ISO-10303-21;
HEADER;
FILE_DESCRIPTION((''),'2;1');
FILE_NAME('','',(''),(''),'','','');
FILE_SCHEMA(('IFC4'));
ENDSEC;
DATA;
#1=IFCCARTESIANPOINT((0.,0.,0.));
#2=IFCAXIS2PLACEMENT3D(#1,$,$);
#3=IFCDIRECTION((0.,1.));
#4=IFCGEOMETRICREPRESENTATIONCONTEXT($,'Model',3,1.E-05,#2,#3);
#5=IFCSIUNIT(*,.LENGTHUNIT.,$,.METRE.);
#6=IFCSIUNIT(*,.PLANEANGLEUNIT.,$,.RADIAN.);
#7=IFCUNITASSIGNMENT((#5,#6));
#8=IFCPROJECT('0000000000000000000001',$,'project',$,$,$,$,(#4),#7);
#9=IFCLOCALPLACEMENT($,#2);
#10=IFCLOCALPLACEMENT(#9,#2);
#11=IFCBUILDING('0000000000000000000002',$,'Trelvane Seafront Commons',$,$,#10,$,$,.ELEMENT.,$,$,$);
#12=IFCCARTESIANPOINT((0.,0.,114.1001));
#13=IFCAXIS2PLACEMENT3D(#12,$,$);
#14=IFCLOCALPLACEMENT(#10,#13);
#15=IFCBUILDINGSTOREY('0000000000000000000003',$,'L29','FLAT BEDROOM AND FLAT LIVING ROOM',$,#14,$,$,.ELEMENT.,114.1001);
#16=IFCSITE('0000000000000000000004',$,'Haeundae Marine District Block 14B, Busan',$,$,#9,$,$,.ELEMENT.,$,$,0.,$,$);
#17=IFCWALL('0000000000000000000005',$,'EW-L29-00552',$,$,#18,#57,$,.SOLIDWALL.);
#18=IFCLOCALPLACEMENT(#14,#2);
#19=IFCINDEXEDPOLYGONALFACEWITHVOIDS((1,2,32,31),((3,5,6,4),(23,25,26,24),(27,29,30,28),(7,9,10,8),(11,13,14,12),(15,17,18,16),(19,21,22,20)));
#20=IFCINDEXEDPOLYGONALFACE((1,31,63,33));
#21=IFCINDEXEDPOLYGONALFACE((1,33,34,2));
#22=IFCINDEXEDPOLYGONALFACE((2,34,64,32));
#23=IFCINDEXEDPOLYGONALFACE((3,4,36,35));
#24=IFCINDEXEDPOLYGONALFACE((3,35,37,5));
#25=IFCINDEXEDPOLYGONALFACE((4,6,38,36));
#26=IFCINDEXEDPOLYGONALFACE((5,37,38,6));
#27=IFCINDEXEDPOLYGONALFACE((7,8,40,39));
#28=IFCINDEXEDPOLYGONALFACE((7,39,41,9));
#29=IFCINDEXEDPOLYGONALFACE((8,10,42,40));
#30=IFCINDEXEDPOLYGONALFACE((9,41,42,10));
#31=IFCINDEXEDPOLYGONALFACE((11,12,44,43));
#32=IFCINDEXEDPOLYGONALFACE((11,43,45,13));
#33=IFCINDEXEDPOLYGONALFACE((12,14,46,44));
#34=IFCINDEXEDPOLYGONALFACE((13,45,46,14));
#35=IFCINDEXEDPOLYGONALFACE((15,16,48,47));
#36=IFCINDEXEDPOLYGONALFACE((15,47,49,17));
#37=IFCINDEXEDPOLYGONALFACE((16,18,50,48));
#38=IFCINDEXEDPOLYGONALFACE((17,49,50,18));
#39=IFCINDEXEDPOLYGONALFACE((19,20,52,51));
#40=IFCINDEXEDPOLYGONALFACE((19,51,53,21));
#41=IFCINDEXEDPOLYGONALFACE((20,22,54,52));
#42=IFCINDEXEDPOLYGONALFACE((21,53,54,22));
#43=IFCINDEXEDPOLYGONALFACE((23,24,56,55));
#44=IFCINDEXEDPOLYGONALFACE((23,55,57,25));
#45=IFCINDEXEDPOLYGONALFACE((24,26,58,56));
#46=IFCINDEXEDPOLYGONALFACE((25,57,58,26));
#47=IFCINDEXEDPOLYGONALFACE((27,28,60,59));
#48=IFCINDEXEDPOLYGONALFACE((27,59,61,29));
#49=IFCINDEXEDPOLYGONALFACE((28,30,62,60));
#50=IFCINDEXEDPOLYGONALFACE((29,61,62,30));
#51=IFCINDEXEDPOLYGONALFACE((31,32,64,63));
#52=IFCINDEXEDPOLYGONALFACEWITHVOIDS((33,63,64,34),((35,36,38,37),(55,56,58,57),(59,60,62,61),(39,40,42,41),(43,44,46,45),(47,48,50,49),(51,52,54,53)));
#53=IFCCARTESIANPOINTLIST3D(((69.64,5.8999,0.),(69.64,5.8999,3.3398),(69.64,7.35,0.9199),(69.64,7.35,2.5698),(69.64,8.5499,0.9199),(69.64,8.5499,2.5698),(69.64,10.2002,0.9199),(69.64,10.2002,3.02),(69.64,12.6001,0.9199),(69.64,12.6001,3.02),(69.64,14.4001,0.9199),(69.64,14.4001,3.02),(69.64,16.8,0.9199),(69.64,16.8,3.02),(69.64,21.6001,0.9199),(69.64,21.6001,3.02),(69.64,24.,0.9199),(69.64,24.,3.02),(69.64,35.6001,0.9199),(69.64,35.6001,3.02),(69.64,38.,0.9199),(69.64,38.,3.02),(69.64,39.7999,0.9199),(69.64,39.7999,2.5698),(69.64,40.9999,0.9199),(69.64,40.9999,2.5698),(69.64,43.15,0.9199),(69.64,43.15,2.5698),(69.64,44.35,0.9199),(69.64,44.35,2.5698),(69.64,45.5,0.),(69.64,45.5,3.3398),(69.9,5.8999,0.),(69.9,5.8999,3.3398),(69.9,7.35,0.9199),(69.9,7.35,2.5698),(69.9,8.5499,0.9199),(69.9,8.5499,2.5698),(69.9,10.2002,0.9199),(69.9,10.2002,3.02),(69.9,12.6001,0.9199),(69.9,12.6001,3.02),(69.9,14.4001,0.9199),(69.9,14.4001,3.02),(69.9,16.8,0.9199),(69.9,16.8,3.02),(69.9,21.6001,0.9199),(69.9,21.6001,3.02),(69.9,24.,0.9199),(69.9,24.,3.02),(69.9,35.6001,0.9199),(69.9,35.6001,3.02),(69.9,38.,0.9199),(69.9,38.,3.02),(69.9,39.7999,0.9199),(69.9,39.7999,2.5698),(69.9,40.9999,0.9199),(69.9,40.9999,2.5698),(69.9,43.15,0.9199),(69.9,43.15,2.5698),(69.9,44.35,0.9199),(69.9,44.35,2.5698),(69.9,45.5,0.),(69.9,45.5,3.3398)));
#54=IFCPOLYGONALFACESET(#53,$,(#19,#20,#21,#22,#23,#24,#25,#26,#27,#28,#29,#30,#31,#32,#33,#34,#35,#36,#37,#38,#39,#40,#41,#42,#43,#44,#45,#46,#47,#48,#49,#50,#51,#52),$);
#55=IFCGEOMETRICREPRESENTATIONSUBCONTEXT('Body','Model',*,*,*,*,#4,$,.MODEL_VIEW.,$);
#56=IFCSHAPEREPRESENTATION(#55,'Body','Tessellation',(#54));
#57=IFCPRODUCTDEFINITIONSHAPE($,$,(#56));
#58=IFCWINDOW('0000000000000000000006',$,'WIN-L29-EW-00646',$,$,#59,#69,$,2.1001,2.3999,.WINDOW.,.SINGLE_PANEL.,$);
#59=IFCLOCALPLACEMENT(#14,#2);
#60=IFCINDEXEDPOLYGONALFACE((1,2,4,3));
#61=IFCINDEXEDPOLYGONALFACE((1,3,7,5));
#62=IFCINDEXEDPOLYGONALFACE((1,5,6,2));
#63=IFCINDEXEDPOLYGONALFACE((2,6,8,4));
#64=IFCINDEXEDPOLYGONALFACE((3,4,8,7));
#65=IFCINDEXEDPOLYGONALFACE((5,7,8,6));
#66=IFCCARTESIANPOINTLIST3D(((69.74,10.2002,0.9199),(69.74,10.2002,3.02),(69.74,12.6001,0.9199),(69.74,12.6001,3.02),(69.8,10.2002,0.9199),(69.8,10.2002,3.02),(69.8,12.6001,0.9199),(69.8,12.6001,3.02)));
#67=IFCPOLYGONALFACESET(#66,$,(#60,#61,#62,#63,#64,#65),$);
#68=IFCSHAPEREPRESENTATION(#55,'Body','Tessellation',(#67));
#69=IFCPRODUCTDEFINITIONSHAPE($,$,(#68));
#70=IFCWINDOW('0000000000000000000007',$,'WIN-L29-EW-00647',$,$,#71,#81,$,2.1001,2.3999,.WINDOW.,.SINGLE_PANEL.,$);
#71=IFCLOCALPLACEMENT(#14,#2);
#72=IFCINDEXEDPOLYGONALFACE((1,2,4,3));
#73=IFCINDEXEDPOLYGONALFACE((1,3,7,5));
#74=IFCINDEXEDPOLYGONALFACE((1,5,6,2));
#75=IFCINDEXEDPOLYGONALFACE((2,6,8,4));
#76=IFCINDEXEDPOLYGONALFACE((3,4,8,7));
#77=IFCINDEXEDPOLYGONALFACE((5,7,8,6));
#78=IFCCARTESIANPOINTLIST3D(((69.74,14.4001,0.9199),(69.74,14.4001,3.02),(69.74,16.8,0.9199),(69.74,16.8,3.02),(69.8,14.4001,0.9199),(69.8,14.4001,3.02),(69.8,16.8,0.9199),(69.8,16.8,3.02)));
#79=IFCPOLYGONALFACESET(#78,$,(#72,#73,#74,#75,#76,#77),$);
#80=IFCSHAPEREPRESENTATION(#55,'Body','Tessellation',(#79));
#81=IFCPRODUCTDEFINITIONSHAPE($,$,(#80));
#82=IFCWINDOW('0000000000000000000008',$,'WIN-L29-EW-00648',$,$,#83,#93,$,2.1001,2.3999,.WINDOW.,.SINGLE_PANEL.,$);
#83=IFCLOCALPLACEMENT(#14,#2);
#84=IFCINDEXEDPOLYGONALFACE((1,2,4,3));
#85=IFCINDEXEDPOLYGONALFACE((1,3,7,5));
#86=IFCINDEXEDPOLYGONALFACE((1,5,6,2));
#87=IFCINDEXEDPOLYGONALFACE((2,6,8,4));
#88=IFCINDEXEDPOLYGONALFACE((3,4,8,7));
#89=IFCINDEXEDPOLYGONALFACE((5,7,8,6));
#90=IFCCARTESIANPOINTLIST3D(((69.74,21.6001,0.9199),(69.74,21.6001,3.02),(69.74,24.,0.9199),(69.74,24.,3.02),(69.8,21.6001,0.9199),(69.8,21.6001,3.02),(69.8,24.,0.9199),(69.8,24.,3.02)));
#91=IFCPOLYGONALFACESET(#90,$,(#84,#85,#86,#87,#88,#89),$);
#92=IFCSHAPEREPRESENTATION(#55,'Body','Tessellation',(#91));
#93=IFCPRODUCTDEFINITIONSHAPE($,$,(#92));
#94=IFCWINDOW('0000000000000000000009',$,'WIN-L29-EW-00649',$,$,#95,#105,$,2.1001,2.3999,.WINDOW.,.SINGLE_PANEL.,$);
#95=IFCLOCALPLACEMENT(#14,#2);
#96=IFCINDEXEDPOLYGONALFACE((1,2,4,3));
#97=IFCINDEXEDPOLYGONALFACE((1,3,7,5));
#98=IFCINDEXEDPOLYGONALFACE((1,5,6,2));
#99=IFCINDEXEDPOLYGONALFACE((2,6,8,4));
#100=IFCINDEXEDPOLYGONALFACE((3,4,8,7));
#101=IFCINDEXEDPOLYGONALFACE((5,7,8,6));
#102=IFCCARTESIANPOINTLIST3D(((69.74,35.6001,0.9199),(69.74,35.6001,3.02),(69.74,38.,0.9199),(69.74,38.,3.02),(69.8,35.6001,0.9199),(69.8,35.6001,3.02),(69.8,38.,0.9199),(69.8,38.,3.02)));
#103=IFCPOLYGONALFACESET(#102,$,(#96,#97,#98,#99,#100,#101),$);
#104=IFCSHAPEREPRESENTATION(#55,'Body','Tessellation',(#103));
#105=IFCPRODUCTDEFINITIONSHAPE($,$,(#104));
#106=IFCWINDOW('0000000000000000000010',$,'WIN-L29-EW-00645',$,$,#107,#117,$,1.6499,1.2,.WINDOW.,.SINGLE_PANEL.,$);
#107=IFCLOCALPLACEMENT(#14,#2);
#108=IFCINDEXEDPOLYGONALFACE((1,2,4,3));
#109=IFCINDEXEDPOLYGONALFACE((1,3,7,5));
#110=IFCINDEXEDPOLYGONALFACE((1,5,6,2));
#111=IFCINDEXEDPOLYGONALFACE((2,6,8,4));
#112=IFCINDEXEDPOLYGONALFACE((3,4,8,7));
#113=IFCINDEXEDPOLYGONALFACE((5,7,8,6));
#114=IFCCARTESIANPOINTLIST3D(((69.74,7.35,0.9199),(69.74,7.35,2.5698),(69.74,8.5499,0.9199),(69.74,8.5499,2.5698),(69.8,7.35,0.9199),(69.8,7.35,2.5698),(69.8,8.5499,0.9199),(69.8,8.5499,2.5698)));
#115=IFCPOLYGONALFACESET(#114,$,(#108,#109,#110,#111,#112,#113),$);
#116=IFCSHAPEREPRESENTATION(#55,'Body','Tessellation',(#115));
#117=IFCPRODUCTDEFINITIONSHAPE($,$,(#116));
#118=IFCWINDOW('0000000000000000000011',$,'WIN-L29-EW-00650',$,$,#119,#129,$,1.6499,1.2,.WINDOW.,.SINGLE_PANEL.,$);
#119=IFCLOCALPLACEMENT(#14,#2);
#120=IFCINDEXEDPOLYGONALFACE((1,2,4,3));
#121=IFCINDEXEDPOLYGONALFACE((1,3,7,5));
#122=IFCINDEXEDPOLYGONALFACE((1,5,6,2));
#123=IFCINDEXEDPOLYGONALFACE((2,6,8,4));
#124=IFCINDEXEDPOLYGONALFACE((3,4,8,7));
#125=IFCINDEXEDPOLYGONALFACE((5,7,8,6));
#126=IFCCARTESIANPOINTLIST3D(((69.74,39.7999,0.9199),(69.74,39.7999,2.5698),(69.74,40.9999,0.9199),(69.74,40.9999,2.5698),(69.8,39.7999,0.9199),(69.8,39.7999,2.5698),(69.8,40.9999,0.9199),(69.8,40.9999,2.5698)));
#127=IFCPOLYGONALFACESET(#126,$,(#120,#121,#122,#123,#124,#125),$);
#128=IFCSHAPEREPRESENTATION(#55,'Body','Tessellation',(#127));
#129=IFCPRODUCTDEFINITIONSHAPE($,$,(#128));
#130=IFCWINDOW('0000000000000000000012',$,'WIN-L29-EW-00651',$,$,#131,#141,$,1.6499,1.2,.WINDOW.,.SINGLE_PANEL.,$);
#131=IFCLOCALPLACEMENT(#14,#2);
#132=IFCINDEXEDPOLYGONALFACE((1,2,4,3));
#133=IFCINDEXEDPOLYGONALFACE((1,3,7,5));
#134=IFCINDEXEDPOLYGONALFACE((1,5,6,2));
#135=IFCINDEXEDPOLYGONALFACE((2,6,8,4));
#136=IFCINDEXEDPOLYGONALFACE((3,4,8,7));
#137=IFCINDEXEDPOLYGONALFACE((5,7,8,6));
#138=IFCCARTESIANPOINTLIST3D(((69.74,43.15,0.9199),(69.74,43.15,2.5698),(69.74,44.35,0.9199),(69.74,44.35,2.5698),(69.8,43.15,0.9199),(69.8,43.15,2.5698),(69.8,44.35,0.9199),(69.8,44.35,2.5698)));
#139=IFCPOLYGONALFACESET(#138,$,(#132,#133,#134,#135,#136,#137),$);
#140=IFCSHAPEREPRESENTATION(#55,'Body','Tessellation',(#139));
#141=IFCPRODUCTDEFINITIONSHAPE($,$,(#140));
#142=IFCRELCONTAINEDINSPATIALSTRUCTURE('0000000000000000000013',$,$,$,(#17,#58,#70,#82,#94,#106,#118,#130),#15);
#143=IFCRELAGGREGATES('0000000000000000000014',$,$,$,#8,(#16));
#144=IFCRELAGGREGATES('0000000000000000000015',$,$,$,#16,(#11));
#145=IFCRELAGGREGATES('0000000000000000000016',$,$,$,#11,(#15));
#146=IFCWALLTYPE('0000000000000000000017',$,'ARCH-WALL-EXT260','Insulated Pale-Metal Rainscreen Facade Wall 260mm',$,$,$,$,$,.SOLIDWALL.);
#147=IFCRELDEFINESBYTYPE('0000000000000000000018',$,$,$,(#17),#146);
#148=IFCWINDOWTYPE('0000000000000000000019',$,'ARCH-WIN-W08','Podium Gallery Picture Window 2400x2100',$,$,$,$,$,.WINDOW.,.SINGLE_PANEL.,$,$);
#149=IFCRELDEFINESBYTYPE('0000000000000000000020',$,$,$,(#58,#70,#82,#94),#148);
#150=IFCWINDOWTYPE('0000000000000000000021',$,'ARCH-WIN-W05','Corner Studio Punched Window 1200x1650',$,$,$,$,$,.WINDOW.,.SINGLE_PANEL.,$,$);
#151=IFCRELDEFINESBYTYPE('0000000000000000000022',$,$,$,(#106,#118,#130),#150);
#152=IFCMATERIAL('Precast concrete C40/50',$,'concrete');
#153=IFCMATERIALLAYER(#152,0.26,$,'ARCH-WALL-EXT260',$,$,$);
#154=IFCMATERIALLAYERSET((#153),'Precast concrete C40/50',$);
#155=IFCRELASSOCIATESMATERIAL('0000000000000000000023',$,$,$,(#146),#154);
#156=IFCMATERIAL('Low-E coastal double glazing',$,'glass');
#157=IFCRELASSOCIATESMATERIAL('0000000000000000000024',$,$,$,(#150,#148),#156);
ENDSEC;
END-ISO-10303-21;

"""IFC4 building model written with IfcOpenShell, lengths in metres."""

from ifc_helpers import new_model, si_unit, direction, frame, frame_2d, origin, place, context, subcontext, project, spatial, rectangle, extrude, source, transform, mapped, material, layer, layer_set, type_object, element, fill, save


model = new_model("IFC4")

# Units and contexts
model_context = context("Model", 3, precision=1e-05, world=origin(), true_north=direction((0.0, 1.0)))
body_context = subcontext(model_context, "Body", "Model", "MODEL_VIEW")
ifc_project = project(units=[si_unit("LENGTHUNIT", "METRE"), si_unit("PLANEANGLEUNIT", "RADIAN")], contexts=[model_context])

# Site, building, storey
site_placement = place(None, origin())
site = spatial("IfcSite", under=ifc_project, at=site_placement, Name="Haeundae Marine District Block 14B, Busan", CompositionType="ELEMENT", RefElevation=0.0)
building_placement = place(site_placement, origin())
building = spatial("IfcBuilding", under=site, at=building_placement, Name="Trelvane Seafront Commons", CompositionType="ELEMENT")
storey_placement = place(building_placement, frame((0.0, 0.0, 114.1001)))
storey = spatial("IfcBuildingStorey", under=building, at=storey_placement, Name="L29", Description="FLAT BEDROOM AND FLAT LIVING ROOM", CompositionType="ELEMENT", Elevation=114.1001)

# Shared definitions
ifc_material_1 = material(Name="Low-E coastal double glazing", Category="glass")

# Shared definitions
ifc_material_2 = material(Name="Precast concrete C40/50", Category="concrete")
ifc_layer_1 = layer(ifc_material_2, 0.26, Name="ARCH-WALL-EXT260")
ifc_layer_set_1 = layer_set([ifc_layer_1], Name="Precast concrete C40/50")
wall_type = type_object("IfcWallType", Name="ARCH-WALL-EXT260", Description="Insulated Pale-Metal Rainscreen Facade Wall 260mm", PredefinedType="SOLIDWALL", material=ifc_layer_set_1)
window_type_1 = type_object("IfcWindowType", Name="ARCH-WIN-W05", Description="Corner Studio Punched Window 1200x1650", PartitioningType="SINGLE_PANEL", PredefinedType="WINDOW", material=ifc_material_1)
shared_shape_1 = source(origin(), body_context, "Body", "SweptSolid", [
    extrude(rectangle(XDim=1.2, YDim=1.6499, at=frame_2d((0.6001, 0.825))), frame((0.0, 0.03, 0.0), z_axis=(0.0, -1.0, 0.0), x_axis=(1.0, 0.0, 0.0)), (0.0, 0.0, 1.0), 0.0601),
])

# Wall, openings, windows
wall_1_placement = place(storey_placement, frame((69.77, 45.5, 0.0), z_axis=(0.0, 0.0, 1.0), x_axis=(0.0, -1.0, 0.0)))
wall_1 = element("IfcWall", 1, at=wall_1_placement, inside=storey, type_object=wall_type, Name="EW-L29-00552", PredefinedType="SOLIDWALL", context=body_context, shape_type="SweptSolid", body=[
    extrude(rectangle(XDim=39.6001, YDim=0.26, at=frame_2d((19.8, 0.0))), origin(), (0.0, 0.0, 1.0), 3.3398),
])
opening_1_placement = place(wall_1_placement, frame((36.95, 0.0, 0.9199)))
opening_1 = element("IfcOpeningElement", 2, at=opening_1_placement, cuts=wall_1, PredefinedType="OPENING", context=body_context, shape_type="SweptSolid", body=[
    extrude(rectangle(XDim=1.2, YDim=1.6499, at=frame_2d((0.6001, 0.825))), frame((0.0, 0.1399, 0.0), z_axis=(0.0, -1.0, 0.0), x_axis=(1.0, 0.0, 0.0)), (0.0, 0.0, 1.0), 0.28),
])
opening_2_placement = place(wall_1_placement, frame((32.8999, 0.0, 0.9199)))
opening_2 = element("IfcOpeningElement", 3, at=opening_2_placement, cuts=wall_1, PredefinedType="OPENING", context=body_context, shape_type="SweptSolid", body=[
    extrude(rectangle(XDim=2.3999, YDim=2.1001, at=frame_2d((1.2, 1.05))), frame((0.0, 0.1399, 0.0), z_axis=(0.0, -1.0, 0.0), x_axis=(1.0, 0.0, 0.0)), (0.0, 0.0, 1.0), 0.28),
])
opening_3_placement = place(wall_1_placement, frame((28.7, 0.0, 0.9199)))
opening_3 = element("IfcOpeningElement", 4, at=opening_3_placement, cuts=wall_1, PredefinedType="OPENING", context=body_context, shape_type="SweptSolid", body=[
    extrude(rectangle(XDim=2.3999, YDim=2.1001, at=frame_2d((1.2, 1.05))), frame((0.0, 0.1399, 0.0), z_axis=(0.0, -1.0, 0.0), x_axis=(1.0, 0.0, 0.0)), (0.0, 0.0, 1.0), 0.28),
])
opening_4_placement = place(wall_1_placement, frame((21.5, 0.0, 0.9199)))
opening_4 = element("IfcOpeningElement", 5, at=opening_4_placement, cuts=wall_1, PredefinedType="OPENING", context=body_context, shape_type="SweptSolid", body=[
    extrude(rectangle(XDim=2.3999, YDim=2.1001, at=frame_2d((1.2, 1.05))), frame((0.0, 0.1399, 0.0), z_axis=(0.0, -1.0, 0.0), x_axis=(1.0, 0.0, 0.0)), (0.0, 0.0, 1.0), 0.28),
])
opening_5_placement = place(wall_1_placement, frame((7.5, 0.0, 0.9199)))
opening_5 = element("IfcOpeningElement", 6, at=opening_5_placement, cuts=wall_1, PredefinedType="OPENING", context=body_context, shape_type="SweptSolid", body=[
    extrude(rectangle(XDim=2.3999, YDim=2.1001, at=frame_2d((1.2, 1.05))), frame((0.0, 0.1399, 0.0), z_axis=(0.0, -1.0, 0.0), x_axis=(1.0, 0.0, 0.0)), (0.0, 0.0, 1.0), 0.28),
])
opening_6_placement = place(wall_1_placement, frame((4.5, 0.0, 0.9199)))
opening_6 = element("IfcOpeningElement", 7, at=opening_6_placement, cuts=wall_1, PredefinedType="OPENING", context=body_context, shape_type="SweptSolid", body=[
    extrude(rectangle(XDim=1.2, YDim=1.6499, at=frame_2d((0.6001, 0.825))), frame((0.0, 0.1399, 0.0), z_axis=(0.0, -1.0, 0.0), x_axis=(1.0, 0.0, 0.0)), (0.0, 0.0, 1.0), 0.28),
])
opening_7_placement = place(wall_1_placement, frame((1.1499, 0.0, 0.9199)))
opening_7 = element("IfcOpeningElement", 8, at=opening_7_placement, cuts=wall_1, PredefinedType="OPENING", context=body_context, shape_type="SweptSolid", body=[
    extrude(rectangle(XDim=1.2, YDim=1.6499, at=frame_2d((0.6001, 0.825))), frame((0.0, 0.1399, 0.0), z_axis=(0.0, -1.0, 0.0), x_axis=(1.0, 0.0, 0.0)), (0.0, 0.0, 1.0), 0.28),
])
window_type_2 = type_object("IfcWindowType", Name="ARCH-WIN-W08", Description="Podium Gallery Picture Window 2400x2100", PartitioningType="SINGLE_PANEL", PredefinedType="WINDOW", material=ifc_material_1)
shared_shape_2 = source(origin(), body_context, "Body", "SweptSolid", [
    extrude(rectangle(XDim=2.3999, YDim=2.1001, at=frame_2d((1.2, 1.05))), frame((0.0, 0.03, 0.0), z_axis=(0.0, -1.0, 0.0), x_axis=(1.0, 0.0, 0.0)), (0.0, 0.0, 1.0), 0.0601),
])
window_1_placement = place(opening_2_placement, origin())
window_1 = element("IfcWindow", 9, at=window_1_placement, inside=storey, type_object=window_type_2, Name="WIN-L29-EW-00646", OverallHeight=2.1001, OverallWidth=2.3999, PartitioningType="SINGLE_PANEL", PredefinedType="WINDOW", context=body_context, shape_type="MappedRepresentation", body=[
    mapped(shared_shape_2, transform((0.0, 0.0, 0.0), x_axis=(1.0, 0.0, 0.0), y_axis=(0.0, 1.0, 0.0), z_axis=(0.0, 0.0, 1.0), scale=1.0)),
])
fill(opening_2, window_1)
window_2_placement = place(opening_3_placement, origin())
window_2 = element("IfcWindow", 10, at=window_2_placement, inside=storey, type_object=window_type_2, Name="WIN-L29-EW-00647", OverallHeight=2.1001, OverallWidth=2.3999, PartitioningType="SINGLE_PANEL", PredefinedType="WINDOW", context=body_context, shape_type="MappedRepresentation", body=[
    mapped(shared_shape_2, transform((0.0, 0.0, 0.0), x_axis=(1.0, 0.0, 0.0), y_axis=(0.0, 1.0, 0.0), z_axis=(0.0, 0.0, 1.0), scale=1.0)),
])
fill(opening_3, window_2)
window_3_placement = place(opening_4_placement, origin())
window_3 = element("IfcWindow", 11, at=window_3_placement, inside=storey, type_object=window_type_2, Name="WIN-L29-EW-00648", OverallHeight=2.1001, OverallWidth=2.3999, PartitioningType="SINGLE_PANEL", PredefinedType="WINDOW", context=body_context, shape_type="MappedRepresentation", body=[
    mapped(shared_shape_2, transform((0.0, 0.0, 0.0), x_axis=(1.0, 0.0, 0.0), y_axis=(0.0, 1.0, 0.0), z_axis=(0.0, 0.0, 1.0), scale=1.0)),
])
fill(opening_4, window_3)
window_4_placement = place(opening_5_placement, origin())
window_4 = element("IfcWindow", 12, at=window_4_placement, inside=storey, type_object=window_type_2, Name="WIN-L29-EW-00649", OverallHeight=2.1001, OverallWidth=2.3999, PartitioningType="SINGLE_PANEL", PredefinedType="WINDOW", context=body_context, shape_type="MappedRepresentation", body=[
    mapped(shared_shape_2, transform((0.0, 0.0, 0.0), x_axis=(1.0, 0.0, 0.0), y_axis=(0.0, 1.0, 0.0), z_axis=(0.0, 0.0, 1.0), scale=1.0)),
])
fill(opening_5, window_4)
window_5_placement = place(opening_1_placement, origin())
window_5 = element("IfcWindow", 13, at=window_5_placement, inside=storey, type_object=window_type_1, Name="WIN-L29-EW-00645", OverallHeight=1.6499, OverallWidth=1.2, PartitioningType="SINGLE_PANEL", PredefinedType="WINDOW", context=body_context, shape_type="MappedRepresentation", body=[
    mapped(shared_shape_1, transform((0.0, 0.0, 0.0), x_axis=(1.0, 0.0, 0.0), y_axis=(0.0, 1.0, 0.0), z_axis=(0.0, 0.0, 1.0), scale=1.0)),
])
fill(opening_1, window_5)
window_6_placement = place(opening_6_placement, origin())
window_6 = element("IfcWindow", 14, at=window_6_placement, inside=storey, type_object=window_type_1, Name="WIN-L29-EW-00650", OverallHeight=1.6499, OverallWidth=1.2, PartitioningType="SINGLE_PANEL", PredefinedType="WINDOW", context=body_context, shape_type="MappedRepresentation", body=[
    mapped(shared_shape_1, transform((0.0, 0.0, 0.0), x_axis=(1.0, 0.0, 0.0), y_axis=(0.0, 1.0, 0.0), z_axis=(0.0, 0.0, 1.0), scale=1.0)),
])
fill(opening_6, window_6)
window_7_placement = place(opening_7_placement, origin())
window_7 = element("IfcWindow", 15, at=window_7_placement, inside=storey, type_object=window_type_1, Name="WIN-L29-EW-00651", OverallHeight=1.6499, OverallWidth=1.2, PartitioningType="SINGLE_PANEL", PredefinedType="WINDOW", context=body_context, shape_type="MappedRepresentation", body=[
    mapped(shared_shape_1, transform((0.0, 0.0, 0.0), x_axis=(1.0, 0.0, 0.0), y_axis=(0.0, 1.0, 0.0), z_axis=(0.0, 0.0, 1.0), scale=1.0)),
])
fill(opening_7, window_7)

save(model, "model.ifc")
